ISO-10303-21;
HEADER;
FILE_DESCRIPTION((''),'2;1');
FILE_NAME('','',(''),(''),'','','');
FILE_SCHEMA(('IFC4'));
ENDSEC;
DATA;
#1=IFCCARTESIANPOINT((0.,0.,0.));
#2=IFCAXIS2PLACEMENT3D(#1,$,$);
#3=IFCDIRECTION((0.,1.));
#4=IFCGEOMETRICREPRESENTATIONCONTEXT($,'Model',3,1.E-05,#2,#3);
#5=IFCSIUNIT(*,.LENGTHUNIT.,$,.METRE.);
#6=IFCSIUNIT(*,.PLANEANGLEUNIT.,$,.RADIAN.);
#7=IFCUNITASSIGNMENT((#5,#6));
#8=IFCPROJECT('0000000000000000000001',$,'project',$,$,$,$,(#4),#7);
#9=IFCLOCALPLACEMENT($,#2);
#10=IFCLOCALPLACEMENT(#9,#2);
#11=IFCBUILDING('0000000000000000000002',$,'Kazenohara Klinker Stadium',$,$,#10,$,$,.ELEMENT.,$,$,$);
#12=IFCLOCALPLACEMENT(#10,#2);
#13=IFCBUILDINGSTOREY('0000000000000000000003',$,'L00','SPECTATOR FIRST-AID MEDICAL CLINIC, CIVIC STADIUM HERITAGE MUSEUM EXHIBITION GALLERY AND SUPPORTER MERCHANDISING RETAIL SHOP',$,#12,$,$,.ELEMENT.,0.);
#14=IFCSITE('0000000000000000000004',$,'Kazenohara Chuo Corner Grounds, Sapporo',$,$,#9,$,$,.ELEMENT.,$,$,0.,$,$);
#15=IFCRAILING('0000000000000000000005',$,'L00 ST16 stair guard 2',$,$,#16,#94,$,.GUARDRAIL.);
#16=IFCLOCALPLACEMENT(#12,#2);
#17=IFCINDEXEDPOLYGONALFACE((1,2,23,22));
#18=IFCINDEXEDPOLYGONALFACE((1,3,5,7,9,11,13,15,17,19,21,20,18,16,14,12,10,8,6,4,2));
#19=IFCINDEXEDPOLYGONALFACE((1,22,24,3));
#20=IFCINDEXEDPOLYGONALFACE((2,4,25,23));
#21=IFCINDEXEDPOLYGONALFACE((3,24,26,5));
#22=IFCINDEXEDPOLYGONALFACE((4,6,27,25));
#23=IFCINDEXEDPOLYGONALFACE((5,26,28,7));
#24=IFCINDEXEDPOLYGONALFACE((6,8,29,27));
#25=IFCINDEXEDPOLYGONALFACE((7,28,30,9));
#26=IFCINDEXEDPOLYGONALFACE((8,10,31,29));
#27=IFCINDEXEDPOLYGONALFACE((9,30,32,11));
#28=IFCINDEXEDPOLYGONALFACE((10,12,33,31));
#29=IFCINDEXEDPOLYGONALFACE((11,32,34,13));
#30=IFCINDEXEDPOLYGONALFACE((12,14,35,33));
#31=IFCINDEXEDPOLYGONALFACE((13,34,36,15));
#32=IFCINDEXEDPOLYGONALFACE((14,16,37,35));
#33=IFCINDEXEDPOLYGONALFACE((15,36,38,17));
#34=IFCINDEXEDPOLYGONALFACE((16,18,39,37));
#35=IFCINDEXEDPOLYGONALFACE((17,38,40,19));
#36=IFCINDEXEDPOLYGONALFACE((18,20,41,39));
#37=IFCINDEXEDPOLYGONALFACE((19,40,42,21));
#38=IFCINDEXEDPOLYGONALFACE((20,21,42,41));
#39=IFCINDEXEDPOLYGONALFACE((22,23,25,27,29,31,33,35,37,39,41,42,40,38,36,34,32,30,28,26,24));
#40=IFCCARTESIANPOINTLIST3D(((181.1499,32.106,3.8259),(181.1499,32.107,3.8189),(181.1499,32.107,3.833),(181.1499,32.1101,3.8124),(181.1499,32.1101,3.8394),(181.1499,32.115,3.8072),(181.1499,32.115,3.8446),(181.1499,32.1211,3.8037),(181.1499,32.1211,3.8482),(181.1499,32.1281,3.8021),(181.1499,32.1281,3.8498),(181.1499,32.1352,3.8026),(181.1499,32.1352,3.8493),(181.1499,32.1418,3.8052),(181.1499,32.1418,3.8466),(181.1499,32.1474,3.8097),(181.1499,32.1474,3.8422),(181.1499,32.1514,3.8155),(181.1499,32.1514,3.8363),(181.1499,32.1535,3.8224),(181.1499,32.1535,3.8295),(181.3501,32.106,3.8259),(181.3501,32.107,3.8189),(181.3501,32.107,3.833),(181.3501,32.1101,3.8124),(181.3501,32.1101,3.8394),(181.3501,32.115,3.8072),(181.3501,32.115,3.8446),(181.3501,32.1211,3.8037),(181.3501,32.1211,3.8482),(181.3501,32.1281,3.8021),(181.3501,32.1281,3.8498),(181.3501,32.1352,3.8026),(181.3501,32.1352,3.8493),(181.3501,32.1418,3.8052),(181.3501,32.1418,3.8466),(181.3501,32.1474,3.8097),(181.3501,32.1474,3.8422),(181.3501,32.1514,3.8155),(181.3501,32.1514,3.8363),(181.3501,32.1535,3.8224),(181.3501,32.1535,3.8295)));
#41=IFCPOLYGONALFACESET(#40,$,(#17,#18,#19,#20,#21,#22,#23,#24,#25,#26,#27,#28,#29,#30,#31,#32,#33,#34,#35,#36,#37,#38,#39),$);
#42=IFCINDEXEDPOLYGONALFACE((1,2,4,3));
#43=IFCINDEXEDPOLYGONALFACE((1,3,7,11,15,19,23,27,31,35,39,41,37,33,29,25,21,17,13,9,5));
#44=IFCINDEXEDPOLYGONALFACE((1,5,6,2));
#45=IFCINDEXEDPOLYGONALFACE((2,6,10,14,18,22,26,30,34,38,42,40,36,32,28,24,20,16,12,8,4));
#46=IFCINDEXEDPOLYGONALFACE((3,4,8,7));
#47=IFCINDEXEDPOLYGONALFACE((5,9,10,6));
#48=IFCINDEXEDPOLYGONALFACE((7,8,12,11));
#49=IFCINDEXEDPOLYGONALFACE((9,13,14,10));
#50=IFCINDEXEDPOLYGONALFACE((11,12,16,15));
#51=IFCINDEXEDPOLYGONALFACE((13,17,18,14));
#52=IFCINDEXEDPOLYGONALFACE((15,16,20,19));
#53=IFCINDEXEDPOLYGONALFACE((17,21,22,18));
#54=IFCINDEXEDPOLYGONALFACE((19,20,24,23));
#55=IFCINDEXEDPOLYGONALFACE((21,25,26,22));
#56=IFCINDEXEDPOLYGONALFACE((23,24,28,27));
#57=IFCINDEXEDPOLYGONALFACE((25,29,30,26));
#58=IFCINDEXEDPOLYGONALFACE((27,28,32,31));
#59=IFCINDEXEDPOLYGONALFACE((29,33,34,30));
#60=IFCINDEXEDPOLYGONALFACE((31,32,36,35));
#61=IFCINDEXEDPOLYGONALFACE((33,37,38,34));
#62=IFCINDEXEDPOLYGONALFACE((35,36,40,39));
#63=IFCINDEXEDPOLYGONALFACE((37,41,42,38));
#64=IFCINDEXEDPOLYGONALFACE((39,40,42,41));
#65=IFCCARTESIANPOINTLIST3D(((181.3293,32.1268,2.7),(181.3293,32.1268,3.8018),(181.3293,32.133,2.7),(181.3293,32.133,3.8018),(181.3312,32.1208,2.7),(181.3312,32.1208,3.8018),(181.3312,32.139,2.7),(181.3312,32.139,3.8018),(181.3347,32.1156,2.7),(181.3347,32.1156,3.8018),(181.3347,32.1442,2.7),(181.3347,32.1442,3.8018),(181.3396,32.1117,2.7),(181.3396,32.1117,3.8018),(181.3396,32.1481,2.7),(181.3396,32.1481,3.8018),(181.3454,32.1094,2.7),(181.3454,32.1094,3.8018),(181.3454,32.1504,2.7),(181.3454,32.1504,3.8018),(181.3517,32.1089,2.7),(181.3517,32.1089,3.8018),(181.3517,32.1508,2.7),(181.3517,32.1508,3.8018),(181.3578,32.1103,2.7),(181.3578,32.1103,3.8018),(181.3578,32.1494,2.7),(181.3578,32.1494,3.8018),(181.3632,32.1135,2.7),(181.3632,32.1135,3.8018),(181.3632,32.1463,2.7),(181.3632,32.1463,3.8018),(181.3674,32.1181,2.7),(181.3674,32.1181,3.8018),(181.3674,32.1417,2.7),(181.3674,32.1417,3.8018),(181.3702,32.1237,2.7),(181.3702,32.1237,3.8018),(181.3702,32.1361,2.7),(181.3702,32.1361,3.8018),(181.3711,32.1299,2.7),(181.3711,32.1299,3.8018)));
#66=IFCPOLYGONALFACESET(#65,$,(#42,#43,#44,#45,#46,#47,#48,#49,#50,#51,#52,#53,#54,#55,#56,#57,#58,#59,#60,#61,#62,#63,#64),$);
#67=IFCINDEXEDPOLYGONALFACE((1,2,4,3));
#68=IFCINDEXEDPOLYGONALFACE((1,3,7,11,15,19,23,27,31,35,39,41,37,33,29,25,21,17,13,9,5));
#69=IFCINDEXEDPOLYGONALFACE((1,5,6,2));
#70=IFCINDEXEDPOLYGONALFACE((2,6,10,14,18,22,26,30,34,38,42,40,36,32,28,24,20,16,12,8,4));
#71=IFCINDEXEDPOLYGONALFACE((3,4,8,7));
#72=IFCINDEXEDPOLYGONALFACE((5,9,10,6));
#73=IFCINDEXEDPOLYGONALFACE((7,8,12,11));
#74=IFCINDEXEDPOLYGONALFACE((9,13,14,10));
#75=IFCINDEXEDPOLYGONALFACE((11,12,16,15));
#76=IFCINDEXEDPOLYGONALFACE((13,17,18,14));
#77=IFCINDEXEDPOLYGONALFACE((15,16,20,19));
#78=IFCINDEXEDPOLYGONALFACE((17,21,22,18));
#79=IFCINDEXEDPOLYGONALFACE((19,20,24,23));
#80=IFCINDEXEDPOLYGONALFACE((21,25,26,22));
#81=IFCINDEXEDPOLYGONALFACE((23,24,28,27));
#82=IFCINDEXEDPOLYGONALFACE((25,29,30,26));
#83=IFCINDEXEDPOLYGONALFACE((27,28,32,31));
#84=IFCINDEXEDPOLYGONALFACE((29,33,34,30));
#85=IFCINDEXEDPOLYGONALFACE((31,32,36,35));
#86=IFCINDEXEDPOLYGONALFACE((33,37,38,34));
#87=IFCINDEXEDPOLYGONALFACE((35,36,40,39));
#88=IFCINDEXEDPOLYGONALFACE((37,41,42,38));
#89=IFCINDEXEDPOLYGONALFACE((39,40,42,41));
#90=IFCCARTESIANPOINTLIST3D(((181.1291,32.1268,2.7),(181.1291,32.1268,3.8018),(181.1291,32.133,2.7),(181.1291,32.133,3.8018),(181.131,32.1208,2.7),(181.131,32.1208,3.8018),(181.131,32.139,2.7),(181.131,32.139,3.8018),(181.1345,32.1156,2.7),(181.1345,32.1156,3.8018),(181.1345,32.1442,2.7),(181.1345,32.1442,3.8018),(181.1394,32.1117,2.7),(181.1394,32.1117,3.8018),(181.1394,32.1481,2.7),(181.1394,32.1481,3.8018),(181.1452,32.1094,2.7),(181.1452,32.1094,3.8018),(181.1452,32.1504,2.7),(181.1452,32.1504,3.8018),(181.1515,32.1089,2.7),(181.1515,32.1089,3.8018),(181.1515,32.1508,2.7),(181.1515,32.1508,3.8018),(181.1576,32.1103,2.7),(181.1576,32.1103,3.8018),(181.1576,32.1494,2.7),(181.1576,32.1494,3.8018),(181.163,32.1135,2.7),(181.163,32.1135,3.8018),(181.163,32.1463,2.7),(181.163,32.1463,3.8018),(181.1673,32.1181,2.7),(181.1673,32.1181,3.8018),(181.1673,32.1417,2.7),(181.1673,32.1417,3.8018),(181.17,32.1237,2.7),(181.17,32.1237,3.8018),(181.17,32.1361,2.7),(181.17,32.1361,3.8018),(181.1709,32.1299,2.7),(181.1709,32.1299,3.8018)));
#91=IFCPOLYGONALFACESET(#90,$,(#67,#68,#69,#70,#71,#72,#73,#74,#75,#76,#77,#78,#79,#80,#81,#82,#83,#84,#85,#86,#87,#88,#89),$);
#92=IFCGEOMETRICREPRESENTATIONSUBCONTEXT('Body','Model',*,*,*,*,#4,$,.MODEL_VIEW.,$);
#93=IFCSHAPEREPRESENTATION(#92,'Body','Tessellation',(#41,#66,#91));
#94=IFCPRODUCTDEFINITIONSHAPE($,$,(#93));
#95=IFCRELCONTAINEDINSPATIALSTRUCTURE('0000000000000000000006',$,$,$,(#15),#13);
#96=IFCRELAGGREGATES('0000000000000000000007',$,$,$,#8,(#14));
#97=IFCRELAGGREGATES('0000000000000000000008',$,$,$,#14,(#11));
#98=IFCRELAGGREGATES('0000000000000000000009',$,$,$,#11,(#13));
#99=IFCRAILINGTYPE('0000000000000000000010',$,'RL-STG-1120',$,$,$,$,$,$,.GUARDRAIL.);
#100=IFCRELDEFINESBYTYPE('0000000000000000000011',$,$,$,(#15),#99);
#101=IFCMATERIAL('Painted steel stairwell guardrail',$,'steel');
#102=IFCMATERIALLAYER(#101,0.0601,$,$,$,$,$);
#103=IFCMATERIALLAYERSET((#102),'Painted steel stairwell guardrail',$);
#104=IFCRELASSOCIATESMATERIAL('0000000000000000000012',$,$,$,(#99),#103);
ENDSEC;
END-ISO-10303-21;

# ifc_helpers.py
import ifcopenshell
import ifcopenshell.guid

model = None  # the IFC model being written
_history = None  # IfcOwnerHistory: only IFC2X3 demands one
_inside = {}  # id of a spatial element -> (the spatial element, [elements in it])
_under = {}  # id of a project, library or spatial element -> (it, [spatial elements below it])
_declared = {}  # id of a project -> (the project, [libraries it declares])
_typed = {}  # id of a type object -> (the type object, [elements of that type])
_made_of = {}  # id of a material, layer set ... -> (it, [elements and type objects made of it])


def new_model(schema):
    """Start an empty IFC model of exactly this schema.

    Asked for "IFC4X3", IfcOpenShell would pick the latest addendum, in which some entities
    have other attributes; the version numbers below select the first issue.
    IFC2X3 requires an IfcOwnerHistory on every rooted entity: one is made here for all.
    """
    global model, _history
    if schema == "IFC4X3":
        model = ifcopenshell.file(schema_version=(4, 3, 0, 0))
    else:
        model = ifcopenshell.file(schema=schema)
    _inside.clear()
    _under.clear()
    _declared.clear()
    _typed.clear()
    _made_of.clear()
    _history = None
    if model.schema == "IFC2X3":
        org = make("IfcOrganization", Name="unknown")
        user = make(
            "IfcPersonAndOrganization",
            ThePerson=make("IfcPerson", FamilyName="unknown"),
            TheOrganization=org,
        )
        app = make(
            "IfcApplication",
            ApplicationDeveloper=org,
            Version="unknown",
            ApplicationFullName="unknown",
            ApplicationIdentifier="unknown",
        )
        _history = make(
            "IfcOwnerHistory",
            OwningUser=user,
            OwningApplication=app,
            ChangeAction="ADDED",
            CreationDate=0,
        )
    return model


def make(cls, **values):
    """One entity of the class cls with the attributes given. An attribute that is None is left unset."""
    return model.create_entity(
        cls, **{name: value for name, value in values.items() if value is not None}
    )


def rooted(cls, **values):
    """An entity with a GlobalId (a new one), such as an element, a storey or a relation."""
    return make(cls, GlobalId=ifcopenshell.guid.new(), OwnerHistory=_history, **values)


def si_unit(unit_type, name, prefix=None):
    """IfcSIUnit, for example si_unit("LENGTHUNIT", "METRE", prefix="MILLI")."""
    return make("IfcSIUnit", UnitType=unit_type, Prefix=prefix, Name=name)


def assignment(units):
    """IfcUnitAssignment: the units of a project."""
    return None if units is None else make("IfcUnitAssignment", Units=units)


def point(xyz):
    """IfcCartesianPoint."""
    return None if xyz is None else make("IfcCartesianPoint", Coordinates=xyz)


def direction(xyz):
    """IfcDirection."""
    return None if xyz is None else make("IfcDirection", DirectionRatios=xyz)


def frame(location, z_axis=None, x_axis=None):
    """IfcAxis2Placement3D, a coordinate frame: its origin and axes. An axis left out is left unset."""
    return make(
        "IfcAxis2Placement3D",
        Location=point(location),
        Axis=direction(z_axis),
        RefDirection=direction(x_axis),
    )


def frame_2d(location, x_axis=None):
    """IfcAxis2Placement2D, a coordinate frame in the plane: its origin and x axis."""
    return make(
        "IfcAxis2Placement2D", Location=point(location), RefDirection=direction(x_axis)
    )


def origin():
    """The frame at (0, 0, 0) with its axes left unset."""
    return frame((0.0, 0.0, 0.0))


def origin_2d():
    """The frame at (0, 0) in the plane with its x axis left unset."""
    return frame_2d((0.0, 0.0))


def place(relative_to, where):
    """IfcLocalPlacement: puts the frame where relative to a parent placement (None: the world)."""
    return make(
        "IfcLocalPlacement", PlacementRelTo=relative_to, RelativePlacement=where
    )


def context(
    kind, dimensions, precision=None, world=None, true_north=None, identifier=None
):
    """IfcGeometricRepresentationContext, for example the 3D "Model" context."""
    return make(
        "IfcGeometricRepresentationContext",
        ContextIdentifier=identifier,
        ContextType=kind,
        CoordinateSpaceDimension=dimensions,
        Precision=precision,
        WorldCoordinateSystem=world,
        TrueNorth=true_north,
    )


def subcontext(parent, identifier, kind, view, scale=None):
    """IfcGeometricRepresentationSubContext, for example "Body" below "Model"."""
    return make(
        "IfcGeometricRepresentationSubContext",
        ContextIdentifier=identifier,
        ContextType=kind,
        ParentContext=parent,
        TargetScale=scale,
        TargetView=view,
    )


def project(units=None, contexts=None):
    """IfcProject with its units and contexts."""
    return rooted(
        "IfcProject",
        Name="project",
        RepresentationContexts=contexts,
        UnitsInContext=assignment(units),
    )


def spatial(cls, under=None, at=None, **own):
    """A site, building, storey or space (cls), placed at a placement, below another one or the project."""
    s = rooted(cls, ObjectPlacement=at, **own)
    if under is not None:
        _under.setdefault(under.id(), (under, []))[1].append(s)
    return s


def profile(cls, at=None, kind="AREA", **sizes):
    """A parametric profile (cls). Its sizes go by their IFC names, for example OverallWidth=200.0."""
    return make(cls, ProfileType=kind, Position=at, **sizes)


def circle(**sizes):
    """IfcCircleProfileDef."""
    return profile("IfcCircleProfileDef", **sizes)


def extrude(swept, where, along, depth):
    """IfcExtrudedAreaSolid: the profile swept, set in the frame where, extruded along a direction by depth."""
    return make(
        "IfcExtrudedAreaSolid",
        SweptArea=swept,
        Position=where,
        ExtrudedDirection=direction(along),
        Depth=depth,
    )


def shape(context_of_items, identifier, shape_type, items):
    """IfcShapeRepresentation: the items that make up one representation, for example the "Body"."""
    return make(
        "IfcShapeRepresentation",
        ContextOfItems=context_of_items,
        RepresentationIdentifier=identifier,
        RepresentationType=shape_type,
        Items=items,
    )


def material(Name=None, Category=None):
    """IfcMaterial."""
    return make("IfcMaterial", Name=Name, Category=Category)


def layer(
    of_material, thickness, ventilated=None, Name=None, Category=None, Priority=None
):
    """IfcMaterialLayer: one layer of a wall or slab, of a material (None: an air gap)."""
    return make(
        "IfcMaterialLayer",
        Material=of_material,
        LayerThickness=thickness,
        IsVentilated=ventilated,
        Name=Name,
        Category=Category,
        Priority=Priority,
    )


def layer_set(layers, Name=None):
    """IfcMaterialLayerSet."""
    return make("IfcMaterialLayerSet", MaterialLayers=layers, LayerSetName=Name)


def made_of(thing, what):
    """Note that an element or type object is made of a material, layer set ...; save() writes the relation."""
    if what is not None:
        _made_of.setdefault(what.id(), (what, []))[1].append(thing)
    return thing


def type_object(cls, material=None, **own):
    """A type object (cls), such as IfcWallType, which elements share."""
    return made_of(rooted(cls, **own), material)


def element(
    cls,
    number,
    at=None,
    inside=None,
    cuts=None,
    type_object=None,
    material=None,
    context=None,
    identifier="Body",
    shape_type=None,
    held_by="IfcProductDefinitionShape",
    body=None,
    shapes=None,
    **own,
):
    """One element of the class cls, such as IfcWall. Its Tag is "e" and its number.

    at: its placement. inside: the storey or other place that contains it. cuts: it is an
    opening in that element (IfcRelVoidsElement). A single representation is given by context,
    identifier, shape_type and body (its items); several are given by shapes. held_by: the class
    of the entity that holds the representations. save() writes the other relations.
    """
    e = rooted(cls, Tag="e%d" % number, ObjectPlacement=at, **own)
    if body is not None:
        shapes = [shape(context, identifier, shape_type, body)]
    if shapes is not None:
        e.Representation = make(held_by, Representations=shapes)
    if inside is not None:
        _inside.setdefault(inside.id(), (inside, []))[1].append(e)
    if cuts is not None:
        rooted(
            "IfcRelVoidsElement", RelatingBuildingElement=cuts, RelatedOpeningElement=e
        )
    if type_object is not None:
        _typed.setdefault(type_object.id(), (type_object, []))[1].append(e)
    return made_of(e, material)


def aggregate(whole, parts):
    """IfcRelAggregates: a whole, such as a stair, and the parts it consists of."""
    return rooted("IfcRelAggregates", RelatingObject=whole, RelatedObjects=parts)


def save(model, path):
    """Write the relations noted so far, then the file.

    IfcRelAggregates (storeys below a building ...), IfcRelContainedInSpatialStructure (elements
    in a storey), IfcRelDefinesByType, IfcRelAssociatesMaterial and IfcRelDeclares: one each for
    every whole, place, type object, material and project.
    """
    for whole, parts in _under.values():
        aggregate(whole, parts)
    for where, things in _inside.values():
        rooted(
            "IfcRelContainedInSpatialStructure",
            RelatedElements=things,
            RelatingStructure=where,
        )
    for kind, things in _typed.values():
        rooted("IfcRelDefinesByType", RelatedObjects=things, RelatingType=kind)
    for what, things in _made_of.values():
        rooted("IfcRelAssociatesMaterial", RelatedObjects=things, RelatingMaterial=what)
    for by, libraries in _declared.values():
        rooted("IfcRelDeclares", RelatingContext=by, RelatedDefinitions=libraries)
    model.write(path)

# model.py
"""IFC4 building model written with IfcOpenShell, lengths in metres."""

from ifc_helpers import new_model, si_unit, direction, frame, origin, origin_2d, place, context, subcontext, project, spatial, circle, extrude, material, layer, layer_set, type_object, element, save


model = new_model("IFC4")

# Units and contexts
model_context = context("Model", 3, precision=1e-05, world=origin(), true_north=direction((0.0, 1.0)))
body_context = subcontext(model_context, "Body", "Model", "MODEL_VIEW")
ifc_project = project(units=[si_unit("LENGTHUNIT", "METRE"), si_unit("PLANEANGLEUNIT", "RADIAN")], contexts=[model_context])

# Site, building, storey
site_placement = place(None, origin())
site = spatial("IfcSite", under=ifc_project, at=site_placement, Name="Kazenohara Chuo Corner Grounds, Sapporo", CompositionType="ELEMENT", RefElevation=0.0)
building_placement = place(site_placement, origin())
building = spatial("IfcBuilding", under=site, at=building_placement, Name="Kazenohara Klinker Stadium", CompositionType="ELEMENT")
storey_placement = place(building_placement, origin())
storey = spatial("IfcBuildingStorey", under=building, at=storey_placement, Name="L00", Description="SPECTATOR FIRST-AID MEDICAL CLINIC, CIVIC STADIUM HERITAGE MUSEUM EXHIBITION GALLERY AND SUPPORTER MERCHANDISING RETAIL SHOP", CompositionType="ELEMENT", Elevation=0.0)

# Railing
ifc_material_1 = material(Name="Painted steel stairwell guardrail", Category="steel")
ifc_layer_1 = layer(ifc_material_1, 0.0601)
ifc_layer_set_1 = layer_set([ifc_layer_1], Name="Painted steel stairwell guardrail")
railing_type_1 = type_object("IfcRailingType", Name="RL-STG-1120", PredefinedType="GUARDRAIL", material=ifc_layer_set_1)
railing_1_placement = place(storey_placement, frame((181.3501, 32.1299, 2.7)))
element("IfcRailing", 1, at=railing_1_placement, inside=storey, type_object=railing_type_1, Name="L00 ST16 stair guard 2", PredefinedType="GUARDRAIL", context=body_context, shape_type="SweptSolid", body=[
    extrude(circle(Radius=0.0239, at=origin_2d()), frame((0.0, 0.0, 1.126), z_axis=(-1.0, 0.0, 0.0), x_axis=(0.0, -1.0, 0.0)), (0.0, 0.0, 1.0), 0.2002),
    extrude(circle(Radius=0.021, at=origin_2d()), origin(), (0.0, 0.0, 1.0), 1.1018),
    extrude(circle(Radius=0.021, at=origin_2d()), frame((-0.2002, 0.0, 0.0)), (0.0, 0.0, 1.0), 1.1018),
])

save(model, "model.ifc")
